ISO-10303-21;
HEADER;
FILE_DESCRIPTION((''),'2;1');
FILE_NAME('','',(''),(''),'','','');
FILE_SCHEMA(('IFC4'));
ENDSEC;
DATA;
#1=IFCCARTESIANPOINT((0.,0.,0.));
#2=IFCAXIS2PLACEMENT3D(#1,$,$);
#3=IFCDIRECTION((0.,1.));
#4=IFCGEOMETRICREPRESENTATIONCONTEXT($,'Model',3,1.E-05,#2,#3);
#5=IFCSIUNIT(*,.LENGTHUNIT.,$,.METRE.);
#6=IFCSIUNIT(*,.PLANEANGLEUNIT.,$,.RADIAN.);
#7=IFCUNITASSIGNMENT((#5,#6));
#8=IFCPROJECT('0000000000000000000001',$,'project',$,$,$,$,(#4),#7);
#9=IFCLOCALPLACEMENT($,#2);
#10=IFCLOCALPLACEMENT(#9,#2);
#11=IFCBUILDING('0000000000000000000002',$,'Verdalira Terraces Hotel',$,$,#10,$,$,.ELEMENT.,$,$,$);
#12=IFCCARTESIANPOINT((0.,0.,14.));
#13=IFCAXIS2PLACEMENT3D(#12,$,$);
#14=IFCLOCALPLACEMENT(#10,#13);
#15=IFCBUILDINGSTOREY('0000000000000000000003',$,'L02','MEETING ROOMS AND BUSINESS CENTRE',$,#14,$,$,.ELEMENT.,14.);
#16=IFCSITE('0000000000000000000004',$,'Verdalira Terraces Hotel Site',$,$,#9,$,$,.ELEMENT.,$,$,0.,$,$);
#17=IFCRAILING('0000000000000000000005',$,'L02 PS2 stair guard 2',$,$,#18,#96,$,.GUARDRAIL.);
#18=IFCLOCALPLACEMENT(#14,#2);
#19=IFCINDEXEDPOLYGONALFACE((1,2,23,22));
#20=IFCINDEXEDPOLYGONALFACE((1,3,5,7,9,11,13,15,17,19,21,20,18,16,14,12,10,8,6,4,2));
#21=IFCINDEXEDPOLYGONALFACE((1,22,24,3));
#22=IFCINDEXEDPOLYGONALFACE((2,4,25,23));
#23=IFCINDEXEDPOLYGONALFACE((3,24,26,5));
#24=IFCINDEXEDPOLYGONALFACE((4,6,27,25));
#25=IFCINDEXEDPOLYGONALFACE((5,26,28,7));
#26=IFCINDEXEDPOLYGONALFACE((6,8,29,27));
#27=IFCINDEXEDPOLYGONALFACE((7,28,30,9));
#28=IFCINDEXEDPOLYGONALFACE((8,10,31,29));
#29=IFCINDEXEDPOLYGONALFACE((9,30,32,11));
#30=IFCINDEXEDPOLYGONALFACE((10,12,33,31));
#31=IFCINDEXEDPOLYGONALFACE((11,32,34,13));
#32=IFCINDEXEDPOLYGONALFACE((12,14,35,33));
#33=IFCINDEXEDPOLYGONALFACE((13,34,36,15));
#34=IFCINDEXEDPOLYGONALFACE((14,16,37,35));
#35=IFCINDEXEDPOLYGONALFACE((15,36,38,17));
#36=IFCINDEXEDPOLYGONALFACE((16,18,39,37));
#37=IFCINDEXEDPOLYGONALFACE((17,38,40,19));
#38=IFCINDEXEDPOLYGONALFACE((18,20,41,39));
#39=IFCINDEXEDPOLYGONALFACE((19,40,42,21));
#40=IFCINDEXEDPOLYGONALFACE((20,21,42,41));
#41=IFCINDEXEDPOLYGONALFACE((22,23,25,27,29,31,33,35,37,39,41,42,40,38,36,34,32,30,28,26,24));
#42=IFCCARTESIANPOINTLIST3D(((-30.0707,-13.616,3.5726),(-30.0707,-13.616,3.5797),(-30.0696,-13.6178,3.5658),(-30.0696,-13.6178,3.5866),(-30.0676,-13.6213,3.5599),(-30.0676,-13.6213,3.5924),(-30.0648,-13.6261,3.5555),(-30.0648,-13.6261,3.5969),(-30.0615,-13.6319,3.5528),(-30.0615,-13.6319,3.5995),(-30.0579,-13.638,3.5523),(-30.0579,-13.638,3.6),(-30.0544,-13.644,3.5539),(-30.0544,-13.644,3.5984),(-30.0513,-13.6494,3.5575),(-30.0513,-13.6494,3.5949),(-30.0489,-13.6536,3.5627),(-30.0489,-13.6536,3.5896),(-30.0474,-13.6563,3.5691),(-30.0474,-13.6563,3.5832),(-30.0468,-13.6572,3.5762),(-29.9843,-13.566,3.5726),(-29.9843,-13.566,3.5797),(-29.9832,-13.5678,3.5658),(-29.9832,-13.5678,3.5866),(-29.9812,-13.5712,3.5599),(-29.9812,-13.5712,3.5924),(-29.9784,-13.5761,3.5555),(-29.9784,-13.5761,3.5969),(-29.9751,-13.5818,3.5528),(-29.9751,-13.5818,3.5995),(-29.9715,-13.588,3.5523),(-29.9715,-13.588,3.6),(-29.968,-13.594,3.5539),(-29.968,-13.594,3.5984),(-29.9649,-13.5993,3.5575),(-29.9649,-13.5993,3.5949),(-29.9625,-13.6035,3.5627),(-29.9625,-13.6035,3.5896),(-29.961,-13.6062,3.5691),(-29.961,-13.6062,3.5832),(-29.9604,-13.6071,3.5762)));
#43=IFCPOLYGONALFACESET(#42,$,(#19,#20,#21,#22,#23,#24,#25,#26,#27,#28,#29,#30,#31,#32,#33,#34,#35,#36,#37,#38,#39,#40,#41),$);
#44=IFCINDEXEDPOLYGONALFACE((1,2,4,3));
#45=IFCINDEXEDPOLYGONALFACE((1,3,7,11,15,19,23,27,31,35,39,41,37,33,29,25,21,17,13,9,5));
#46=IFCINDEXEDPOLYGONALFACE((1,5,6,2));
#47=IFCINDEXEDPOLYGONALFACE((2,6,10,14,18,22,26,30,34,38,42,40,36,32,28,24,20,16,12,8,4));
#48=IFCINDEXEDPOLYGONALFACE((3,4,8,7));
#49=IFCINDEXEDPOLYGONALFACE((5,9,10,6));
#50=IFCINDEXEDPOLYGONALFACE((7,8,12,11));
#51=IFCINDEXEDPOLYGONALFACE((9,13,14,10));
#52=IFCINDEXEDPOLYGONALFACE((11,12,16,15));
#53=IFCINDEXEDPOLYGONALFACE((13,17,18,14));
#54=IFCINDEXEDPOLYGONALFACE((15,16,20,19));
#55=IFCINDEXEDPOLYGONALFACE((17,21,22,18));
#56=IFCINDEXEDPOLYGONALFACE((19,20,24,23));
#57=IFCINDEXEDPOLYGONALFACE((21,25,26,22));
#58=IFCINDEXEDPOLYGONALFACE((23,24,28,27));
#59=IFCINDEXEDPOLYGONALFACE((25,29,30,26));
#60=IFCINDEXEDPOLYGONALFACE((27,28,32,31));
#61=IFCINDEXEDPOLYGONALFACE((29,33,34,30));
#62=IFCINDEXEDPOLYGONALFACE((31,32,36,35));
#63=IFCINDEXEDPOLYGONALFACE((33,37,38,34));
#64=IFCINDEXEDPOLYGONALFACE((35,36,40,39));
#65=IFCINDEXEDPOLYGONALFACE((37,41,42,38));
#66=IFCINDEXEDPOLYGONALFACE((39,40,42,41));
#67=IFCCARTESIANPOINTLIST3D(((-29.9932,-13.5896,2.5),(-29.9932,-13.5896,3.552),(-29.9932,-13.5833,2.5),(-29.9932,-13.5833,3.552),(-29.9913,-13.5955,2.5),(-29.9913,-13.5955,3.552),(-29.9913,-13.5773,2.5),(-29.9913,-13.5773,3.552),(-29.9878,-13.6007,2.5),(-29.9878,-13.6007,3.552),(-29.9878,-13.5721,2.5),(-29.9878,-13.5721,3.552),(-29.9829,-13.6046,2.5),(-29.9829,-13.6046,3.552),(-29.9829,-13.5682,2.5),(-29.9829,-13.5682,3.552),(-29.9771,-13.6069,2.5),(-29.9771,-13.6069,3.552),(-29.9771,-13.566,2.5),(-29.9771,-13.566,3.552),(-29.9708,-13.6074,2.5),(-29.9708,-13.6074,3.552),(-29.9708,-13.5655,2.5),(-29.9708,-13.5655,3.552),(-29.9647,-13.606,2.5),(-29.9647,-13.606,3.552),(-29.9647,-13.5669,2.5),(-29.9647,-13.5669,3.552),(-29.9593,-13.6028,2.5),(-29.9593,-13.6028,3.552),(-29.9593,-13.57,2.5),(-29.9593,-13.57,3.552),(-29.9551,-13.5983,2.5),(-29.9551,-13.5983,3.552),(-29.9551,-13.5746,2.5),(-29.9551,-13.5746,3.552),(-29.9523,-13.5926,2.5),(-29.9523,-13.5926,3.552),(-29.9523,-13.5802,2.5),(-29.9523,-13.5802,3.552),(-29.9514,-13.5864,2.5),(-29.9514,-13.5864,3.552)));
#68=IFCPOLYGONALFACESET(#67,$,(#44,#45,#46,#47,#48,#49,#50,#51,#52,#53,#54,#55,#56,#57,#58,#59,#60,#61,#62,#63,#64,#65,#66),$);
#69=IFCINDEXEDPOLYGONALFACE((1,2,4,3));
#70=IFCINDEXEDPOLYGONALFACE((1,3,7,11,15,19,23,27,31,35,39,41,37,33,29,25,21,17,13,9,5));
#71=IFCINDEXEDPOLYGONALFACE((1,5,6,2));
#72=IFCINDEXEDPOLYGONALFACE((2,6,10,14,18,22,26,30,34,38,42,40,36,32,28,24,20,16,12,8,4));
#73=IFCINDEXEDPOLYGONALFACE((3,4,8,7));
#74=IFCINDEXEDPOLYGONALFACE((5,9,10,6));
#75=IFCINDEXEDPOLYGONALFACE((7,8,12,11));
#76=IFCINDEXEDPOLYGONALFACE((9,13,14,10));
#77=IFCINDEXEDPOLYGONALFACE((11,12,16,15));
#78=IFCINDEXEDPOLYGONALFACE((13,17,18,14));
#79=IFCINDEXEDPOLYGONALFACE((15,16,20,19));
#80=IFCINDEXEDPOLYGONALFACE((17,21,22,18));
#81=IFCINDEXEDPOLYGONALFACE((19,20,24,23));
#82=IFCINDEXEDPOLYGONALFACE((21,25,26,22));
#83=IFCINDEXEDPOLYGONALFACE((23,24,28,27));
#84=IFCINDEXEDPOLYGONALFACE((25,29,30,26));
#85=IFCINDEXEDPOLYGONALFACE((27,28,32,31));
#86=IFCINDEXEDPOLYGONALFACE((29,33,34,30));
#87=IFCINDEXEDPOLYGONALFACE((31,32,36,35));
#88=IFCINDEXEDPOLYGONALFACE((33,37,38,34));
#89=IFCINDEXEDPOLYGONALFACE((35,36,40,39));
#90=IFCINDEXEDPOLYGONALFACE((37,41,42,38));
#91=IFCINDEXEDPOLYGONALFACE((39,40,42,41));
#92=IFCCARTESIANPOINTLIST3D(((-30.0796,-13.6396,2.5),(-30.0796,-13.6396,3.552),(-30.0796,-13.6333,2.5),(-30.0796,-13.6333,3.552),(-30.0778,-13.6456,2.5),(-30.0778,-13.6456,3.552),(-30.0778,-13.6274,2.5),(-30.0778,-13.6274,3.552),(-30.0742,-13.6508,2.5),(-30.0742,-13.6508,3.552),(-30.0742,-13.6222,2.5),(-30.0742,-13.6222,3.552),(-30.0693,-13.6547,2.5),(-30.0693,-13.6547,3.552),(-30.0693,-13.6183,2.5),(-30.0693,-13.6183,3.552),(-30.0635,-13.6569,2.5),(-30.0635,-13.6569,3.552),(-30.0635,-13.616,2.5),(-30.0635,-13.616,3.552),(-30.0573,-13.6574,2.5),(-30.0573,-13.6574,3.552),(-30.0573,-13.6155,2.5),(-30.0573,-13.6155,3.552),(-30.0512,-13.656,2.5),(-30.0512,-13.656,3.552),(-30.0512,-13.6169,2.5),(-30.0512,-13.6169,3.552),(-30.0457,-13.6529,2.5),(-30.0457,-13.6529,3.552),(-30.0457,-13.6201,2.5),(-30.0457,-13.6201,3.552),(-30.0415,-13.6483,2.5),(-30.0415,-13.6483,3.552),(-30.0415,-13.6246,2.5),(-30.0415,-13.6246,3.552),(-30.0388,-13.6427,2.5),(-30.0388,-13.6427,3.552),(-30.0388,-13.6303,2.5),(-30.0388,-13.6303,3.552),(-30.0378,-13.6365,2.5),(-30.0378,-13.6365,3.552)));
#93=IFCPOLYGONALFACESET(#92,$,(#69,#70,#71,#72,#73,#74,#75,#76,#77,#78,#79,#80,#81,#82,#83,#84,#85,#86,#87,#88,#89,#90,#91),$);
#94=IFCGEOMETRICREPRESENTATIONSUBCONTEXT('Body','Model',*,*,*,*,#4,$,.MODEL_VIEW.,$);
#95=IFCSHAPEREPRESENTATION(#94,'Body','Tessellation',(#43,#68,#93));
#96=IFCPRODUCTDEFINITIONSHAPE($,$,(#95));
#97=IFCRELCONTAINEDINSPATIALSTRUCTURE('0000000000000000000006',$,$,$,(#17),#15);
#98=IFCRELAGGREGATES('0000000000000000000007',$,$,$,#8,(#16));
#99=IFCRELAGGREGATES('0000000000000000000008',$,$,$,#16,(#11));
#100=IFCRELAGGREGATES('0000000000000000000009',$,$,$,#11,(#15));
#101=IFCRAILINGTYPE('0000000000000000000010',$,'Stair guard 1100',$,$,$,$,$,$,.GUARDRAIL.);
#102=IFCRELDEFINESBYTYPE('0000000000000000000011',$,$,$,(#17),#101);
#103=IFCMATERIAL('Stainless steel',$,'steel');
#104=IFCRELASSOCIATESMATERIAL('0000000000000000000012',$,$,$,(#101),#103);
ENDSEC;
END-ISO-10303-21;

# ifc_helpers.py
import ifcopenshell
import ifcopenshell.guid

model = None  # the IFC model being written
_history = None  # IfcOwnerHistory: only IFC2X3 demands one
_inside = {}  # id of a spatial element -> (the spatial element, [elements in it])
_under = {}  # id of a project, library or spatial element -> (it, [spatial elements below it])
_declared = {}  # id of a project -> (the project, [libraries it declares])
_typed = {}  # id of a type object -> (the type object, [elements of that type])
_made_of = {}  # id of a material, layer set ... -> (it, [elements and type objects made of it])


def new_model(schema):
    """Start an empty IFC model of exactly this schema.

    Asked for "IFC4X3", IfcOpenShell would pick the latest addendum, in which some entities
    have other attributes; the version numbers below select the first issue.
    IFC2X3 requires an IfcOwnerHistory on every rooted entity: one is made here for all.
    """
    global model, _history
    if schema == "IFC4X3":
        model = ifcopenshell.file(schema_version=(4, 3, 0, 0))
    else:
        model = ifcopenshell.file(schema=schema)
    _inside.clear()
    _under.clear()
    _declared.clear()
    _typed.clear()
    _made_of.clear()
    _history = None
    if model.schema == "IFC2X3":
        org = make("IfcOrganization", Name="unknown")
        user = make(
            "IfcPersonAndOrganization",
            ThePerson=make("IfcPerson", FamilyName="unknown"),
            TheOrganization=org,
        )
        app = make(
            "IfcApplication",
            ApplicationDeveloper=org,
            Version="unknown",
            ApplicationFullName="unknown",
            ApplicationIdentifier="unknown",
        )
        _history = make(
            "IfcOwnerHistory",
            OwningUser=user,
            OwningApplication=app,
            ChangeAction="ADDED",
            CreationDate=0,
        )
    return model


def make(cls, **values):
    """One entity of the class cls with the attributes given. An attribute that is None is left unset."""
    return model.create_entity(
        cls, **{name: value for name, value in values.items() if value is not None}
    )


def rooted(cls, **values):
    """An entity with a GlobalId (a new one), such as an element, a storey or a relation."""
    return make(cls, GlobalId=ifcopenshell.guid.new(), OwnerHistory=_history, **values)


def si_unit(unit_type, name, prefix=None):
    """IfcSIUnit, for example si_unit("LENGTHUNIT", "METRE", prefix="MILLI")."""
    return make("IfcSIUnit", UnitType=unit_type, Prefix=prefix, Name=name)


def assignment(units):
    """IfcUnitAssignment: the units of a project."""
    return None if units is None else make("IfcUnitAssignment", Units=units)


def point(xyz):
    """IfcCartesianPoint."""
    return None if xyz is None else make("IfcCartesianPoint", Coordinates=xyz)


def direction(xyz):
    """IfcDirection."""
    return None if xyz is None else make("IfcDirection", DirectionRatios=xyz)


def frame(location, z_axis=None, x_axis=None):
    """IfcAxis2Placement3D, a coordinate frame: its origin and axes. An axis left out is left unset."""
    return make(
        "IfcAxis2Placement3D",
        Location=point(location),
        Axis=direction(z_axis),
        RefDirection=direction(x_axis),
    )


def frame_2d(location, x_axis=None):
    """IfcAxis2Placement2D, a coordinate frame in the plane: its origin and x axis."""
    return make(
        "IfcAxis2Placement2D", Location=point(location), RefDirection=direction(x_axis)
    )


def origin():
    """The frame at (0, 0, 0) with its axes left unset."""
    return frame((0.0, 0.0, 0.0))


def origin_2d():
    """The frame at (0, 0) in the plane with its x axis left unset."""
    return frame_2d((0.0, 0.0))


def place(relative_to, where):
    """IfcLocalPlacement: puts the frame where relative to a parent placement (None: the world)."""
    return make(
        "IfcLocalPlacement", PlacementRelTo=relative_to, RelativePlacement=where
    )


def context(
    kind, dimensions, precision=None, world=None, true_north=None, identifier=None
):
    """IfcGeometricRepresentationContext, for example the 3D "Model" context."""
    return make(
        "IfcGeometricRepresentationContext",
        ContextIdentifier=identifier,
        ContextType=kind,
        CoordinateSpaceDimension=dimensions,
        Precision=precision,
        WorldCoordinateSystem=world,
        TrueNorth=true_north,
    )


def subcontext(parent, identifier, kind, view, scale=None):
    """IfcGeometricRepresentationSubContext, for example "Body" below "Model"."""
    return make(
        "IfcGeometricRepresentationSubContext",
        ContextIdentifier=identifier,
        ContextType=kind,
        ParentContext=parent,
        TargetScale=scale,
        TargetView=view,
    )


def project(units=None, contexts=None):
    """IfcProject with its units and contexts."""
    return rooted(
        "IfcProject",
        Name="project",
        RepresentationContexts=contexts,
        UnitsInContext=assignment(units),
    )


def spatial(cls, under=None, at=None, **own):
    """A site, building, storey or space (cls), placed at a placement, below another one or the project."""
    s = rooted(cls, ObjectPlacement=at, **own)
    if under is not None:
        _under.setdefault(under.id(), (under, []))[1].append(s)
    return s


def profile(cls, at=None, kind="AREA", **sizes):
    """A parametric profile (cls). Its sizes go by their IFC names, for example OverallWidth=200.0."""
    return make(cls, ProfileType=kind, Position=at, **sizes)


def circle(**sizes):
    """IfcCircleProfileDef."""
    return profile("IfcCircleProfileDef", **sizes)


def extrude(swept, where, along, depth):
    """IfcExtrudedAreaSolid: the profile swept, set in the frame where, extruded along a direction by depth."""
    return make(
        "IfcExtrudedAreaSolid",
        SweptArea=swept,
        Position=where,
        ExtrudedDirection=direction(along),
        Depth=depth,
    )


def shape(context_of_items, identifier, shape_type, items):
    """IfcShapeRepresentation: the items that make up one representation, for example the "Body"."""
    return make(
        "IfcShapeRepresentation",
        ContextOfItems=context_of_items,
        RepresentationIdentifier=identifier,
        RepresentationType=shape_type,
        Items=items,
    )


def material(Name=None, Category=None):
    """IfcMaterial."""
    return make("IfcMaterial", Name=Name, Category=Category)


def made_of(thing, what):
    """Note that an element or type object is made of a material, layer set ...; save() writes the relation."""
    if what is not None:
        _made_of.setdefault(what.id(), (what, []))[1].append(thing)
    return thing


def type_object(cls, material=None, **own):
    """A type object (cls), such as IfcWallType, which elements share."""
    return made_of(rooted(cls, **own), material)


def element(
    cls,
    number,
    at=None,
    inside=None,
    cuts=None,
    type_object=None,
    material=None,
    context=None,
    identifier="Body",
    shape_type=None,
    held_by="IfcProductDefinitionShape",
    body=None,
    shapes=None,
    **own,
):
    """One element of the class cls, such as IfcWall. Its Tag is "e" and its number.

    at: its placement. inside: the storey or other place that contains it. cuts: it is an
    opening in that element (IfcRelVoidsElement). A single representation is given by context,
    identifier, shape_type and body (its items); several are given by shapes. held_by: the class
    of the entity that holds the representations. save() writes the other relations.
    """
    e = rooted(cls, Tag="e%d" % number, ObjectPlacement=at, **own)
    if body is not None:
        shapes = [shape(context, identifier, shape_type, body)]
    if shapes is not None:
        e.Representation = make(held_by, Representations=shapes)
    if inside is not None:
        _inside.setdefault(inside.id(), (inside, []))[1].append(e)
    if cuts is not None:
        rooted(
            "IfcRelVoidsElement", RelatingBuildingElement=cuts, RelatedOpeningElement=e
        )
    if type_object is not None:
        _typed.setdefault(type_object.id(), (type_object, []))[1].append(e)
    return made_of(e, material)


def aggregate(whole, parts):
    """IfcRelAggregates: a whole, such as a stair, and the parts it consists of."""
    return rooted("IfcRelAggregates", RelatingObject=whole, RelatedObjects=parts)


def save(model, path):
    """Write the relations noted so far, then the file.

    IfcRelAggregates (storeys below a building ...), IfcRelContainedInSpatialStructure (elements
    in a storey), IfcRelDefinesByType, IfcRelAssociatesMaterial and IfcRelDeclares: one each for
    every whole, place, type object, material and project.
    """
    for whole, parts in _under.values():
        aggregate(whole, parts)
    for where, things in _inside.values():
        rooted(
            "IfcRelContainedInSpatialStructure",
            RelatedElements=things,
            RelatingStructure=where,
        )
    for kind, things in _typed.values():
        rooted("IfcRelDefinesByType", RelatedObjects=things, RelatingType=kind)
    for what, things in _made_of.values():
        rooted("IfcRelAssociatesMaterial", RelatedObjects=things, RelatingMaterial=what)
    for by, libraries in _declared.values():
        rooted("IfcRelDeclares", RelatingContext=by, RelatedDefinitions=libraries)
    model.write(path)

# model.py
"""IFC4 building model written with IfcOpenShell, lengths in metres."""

from ifc_helpers import new_model, si_unit, direction, frame, origin, origin_2d, place, context, subcontext, project, spatial, circle, extrude, material, type_object, element, save


model = new_model("IFC4")

# Units and contexts
model_context = context("Model", 3, precision=1e-05, world=origin(), true_north=direction((0.0, 1.0)))
body_context = subcontext(model_context, "Body", "Model", "MODEL_VIEW")
ifc_project = project(units=[si_unit("LENGTHUNIT", "METRE"), si_unit("PLANEANGLEUNIT", "RADIAN")], contexts=[model_context])

# Site, building, storey
site_placement = place(None, origin())
site = spatial("IfcSite", under=ifc_project, at=site_placement, Name="Verdalira Terraces Hotel Site", CompositionType="ELEMENT", RefElevation=0.0)
building_placement = place(site_placement, origin())
building = spatial("IfcBuilding", under=site, at=building_placement, Name="Verdalira Terraces Hotel", CompositionType="ELEMENT")
storey_placement = place(building_placement, frame((0.0, 0.0, 14.0)))
storey = spatial("IfcBuildingStorey", under=building, at=storey_placement, Name="L02", Description="MEETING ROOMS AND BUSINESS CENTRE", CompositionType="ELEMENT", Elevation=14.0)

# Railing
ifc_material_1 = material(Name="Stainless steel", Category="steel")
railing_type_1 = type_object("IfcRailingType", Name="Stair guard 1100", PredefinedType="GUARDRAIL", material=ifc_material_1)
railing_1_placement = place(storey_placement, frame((-29.9724, -13.5864, 2.5)))
element("IfcRailing", 1, at=railing_1_placement, inside=storey, type_object=railing_type_1, Name="L02 PS2 stair guard 2", PredefinedType="GUARDRAIL", context=body_context, shape_type="SweptSolid", body=[
    extrude(circle(Radius=0.0239, at=origin_2d()), frame((0.0, 0.0, 1.0762), z_axis=(-0.86537, -0.501133, 0.0), x_axis=(0.501133, -0.86537, 0.0)), (0.0, 0.0, 1.0), 0.0999),
    extrude(circle(Radius=0.021, at=origin_2d()), origin(), (0.0, 0.0, 1.0), 1.052),
    extrude(circle(Radius=0.021, at=origin_2d()), frame((-0.0864, -0.05, 0.0)), (0.0, 0.0, 1.0), 1.052),
])

save(model, "model.ifc")
